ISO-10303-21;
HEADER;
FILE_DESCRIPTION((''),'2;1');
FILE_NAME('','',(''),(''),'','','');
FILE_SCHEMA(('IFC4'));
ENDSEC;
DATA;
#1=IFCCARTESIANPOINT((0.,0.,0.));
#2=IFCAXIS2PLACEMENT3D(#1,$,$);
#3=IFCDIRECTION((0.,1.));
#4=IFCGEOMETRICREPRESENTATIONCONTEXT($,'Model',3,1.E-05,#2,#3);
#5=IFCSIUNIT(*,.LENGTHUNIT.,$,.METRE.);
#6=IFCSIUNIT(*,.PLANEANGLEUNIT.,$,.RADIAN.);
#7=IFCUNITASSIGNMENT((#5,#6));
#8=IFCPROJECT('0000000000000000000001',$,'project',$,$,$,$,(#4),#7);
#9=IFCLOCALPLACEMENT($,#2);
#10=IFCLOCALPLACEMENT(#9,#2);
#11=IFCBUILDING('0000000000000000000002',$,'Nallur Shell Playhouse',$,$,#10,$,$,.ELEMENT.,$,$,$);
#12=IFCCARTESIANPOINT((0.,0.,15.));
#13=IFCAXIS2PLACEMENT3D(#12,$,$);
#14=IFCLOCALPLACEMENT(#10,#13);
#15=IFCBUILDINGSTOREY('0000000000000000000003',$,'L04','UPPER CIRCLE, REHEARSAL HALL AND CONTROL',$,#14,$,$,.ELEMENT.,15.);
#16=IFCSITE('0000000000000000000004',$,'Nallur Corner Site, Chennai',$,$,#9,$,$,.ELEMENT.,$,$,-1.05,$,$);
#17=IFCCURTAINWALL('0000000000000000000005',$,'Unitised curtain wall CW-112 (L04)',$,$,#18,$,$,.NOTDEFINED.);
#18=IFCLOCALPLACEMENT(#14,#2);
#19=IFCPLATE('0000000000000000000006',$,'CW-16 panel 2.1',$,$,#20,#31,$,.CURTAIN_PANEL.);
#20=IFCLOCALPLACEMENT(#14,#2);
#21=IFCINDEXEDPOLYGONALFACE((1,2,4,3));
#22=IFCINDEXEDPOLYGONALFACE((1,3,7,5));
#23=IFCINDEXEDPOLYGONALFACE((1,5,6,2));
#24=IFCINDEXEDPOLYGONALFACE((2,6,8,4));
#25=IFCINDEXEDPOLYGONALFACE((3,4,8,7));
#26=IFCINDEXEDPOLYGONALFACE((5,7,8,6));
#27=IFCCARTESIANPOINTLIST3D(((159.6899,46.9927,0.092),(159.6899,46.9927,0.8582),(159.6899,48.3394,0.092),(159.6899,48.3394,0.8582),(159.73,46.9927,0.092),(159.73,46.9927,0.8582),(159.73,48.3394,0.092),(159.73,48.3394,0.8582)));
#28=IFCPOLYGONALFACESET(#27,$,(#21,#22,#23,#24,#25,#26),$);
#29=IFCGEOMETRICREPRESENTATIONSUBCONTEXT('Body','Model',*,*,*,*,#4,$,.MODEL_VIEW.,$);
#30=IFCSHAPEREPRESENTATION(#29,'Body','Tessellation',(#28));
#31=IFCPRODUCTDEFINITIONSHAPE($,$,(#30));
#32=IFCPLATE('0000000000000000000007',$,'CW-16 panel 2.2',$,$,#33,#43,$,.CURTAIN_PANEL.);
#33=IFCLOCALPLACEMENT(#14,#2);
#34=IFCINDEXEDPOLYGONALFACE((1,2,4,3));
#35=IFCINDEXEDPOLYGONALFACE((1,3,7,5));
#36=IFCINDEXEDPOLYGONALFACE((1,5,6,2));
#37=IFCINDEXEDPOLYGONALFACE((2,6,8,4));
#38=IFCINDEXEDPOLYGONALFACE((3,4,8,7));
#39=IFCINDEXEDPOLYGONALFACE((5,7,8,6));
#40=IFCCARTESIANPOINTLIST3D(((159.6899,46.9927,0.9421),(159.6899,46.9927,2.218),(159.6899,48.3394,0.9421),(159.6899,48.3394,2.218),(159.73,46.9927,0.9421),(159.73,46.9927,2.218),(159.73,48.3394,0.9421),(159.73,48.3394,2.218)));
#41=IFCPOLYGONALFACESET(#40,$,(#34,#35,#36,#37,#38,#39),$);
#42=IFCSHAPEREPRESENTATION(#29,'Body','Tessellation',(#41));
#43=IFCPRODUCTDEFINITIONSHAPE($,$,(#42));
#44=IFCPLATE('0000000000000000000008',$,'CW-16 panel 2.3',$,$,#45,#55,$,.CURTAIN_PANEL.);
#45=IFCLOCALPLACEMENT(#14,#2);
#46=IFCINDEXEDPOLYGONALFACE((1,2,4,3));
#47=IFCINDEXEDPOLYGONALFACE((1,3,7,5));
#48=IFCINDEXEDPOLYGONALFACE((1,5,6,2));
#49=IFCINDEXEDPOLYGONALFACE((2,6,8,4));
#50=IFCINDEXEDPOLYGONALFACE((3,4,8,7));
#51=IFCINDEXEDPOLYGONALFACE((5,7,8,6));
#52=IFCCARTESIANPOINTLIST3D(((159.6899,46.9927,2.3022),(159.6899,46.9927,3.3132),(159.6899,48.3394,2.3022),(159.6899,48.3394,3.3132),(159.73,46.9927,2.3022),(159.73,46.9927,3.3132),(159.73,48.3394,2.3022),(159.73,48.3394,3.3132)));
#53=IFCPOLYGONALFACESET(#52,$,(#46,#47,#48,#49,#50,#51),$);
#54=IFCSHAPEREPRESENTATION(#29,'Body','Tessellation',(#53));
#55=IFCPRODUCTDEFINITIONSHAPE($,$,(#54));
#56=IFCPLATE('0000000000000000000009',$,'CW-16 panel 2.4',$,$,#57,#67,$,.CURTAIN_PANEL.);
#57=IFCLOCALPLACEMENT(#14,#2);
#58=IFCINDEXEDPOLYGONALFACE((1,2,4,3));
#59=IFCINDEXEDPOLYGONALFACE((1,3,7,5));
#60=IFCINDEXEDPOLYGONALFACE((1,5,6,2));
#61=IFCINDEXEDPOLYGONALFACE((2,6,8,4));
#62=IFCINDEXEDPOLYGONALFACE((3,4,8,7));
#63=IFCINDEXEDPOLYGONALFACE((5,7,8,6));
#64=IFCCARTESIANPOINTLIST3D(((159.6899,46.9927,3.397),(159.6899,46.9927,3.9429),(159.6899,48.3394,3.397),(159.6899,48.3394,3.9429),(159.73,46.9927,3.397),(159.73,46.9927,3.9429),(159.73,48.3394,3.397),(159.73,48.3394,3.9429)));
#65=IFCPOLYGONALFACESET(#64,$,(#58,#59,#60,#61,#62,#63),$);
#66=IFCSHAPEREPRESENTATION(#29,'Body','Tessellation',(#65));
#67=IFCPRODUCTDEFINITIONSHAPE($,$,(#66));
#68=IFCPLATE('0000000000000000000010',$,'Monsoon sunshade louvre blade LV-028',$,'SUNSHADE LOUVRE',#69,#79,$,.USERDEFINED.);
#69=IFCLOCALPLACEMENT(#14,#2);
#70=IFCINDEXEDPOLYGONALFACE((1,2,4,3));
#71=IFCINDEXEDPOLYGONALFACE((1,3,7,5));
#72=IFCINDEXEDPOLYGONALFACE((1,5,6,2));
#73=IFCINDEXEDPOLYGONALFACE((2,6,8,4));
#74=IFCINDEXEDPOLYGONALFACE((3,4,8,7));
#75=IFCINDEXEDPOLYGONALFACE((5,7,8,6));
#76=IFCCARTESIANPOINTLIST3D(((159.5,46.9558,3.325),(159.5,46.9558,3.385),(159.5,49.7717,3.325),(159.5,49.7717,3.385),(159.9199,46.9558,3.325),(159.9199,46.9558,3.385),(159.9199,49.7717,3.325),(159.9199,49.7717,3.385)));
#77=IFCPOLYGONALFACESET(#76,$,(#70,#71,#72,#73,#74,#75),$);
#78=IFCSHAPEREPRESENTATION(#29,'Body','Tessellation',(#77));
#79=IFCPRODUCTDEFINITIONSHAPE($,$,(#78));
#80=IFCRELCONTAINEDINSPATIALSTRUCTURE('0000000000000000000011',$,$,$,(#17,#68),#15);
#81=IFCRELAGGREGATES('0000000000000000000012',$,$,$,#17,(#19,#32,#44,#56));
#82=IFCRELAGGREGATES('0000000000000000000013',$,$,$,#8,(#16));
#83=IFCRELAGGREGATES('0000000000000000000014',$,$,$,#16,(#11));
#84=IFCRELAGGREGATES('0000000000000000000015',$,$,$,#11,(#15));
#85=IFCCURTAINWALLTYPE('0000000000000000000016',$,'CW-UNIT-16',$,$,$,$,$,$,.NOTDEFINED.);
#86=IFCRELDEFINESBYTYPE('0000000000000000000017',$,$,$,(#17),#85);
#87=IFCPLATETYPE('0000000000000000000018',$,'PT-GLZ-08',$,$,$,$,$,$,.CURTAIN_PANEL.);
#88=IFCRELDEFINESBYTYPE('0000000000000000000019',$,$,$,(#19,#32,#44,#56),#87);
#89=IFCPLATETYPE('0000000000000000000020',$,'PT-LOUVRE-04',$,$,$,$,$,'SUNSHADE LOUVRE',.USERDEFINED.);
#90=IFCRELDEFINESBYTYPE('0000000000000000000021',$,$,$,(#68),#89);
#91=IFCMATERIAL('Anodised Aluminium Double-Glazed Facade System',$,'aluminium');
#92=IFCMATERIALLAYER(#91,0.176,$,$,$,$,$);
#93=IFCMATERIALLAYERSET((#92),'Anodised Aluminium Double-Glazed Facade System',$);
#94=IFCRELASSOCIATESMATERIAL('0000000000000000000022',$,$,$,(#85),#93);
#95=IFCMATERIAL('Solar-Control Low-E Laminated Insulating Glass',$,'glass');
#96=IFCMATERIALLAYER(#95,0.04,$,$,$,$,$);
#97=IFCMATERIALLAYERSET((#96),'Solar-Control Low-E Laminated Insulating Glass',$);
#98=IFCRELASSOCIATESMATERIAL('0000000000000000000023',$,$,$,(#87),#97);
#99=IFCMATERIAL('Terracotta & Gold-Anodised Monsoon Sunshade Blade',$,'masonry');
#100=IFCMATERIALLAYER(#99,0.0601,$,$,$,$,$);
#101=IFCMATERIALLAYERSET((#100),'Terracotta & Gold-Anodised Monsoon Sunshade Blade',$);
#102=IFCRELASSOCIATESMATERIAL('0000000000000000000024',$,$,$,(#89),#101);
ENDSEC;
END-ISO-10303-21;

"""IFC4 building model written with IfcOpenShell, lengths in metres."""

from ifc_helpers import new_model, si_unit, direction, frame, origin, origin_2d, place, context, subcontext, project, spatial, rectangle, extrude, material, layer, layer_set, type_object, element, aggregate, save


model = new_model("IFC4")

# Units and contexts
model_context = context("Model", 3, precision=1e-05, world=origin(), true_north=direction((0.0, 1.0)))
body_context = subcontext(model_context, "Body", "Model", "MODEL_VIEW")
ifc_project = project(units=[si_unit("LENGTHUNIT", "METRE"), si_unit("PLANEANGLEUNIT", "RADIAN")], contexts=[model_context])

# Site, building, storey
site_placement = place(None, origin())
site = spatial("IfcSite", under=ifc_project, at=site_placement, Name="Nallur Corner Site, Chennai", CompositionType="ELEMENT", RefElevation=-1.05)
building_placement = place(site_placement, origin())
building = spatial("IfcBuilding", under=site, at=building_placement, Name="Nallur Shell Playhouse", CompositionType="ELEMENT")
storey_placement = place(building_placement, frame((0.0, 0.0, 15.0)))
storey = spatial("IfcBuildingStorey", under=building, at=storey_placement, Name="L04", Description="UPPER CIRCLE, REHEARSAL HALL AND CONTROL", CompositionType="ELEMENT", Elevation=15.0)

# Shared definitions
ifc_material_1 = material(Name="Anodised Aluminium Double-Glazed Facade System", Category="aluminium")

# Curtain wall
ifc_layer_1 = layer(ifc_material_1, 0.176)
ifc_layer_set_1 = layer_set([ifc_layer_1], Name="Anodised Aluminium Double-Glazed Facade System")
curtain_wall_type_1 = type_object("IfcCurtainWallType", Name="CW-UNIT-16", PredefinedType="NOTDEFINED", material=ifc_layer_set_1)
curtain_wall_1_placement = place(storey_placement, origin())
curtain_wall_1 = element("IfcCurtainWall", 1, at=curtain_wall_1_placement, inside=storey, type_object=curtain_wall_type_1, Name="Unitised curtain wall CW-112 (L04)", PredefinedType="NOTDEFINED")

# Plates
ifc_material_2 = material(Name="Solar-Control Low-E Laminated Insulating Glass", Category="glass")
ifc_layer_2 = layer(ifc_material_2, 0.04)
ifc_layer_set_2 = layer_set([ifc_layer_2], Name="Solar-Control Low-E Laminated Insulating Glass")
plate_type_1 = type_object("IfcPlateType", Name="PT-GLZ-08", PredefinedType="CURTAIN_PANEL", material=ifc_layer_set_2)
plate_1_placement = place(storey_placement, frame((159.71, 47.666, 0.092), z_axis=(0.0, 0.0, 1.0), x_axis=(0.0, -1.0, 0.0)))
plate_1 = element("IfcPlate", 2, at=plate_1_placement, type_object=plate_type_1, Name="CW-16 panel 2.1", PredefinedType="CURTAIN_PANEL", context=body_context, shape_type="SweptSolid", body=[
    extrude(rectangle(XDim=1.3467, YDim=0.04, at=origin_2d()), origin(), (0.0, 0.0, 1.0), 0.7661),
])
plate_2_placement = place(storey_placement, frame((159.71, 47.666, 0.9421), z_axis=(0.0, 0.0, 1.0), x_axis=(0.0, -1.0, 0.0)))
plate_2 = element("IfcPlate", 3, at=plate_2_placement, type_object=plate_type_1, Name="CW-16 panel 2.2", PredefinedType="CURTAIN_PANEL", context=body_context, shape_type="SweptSolid", body=[
    extrude(rectangle(XDim=1.3467, YDim=0.04, at=origin_2d()), origin(), (0.0, 0.0, 1.0), 1.2759),
])
plate_3_placement = place(storey_placement, frame((159.71, 47.666, 2.3022), z_axis=(0.0, 0.0, 1.0), x_axis=(0.0, -1.0, 0.0)))
plate_3 = element("IfcPlate", 4, at=plate_3_placement, type_object=plate_type_1, Name="CW-16 panel 2.3", PredefinedType="CURTAIN_PANEL", context=body_context, shape_type="SweptSolid", body=[
    extrude(rectangle(XDim=1.3467, YDim=0.04, at=origin_2d()), origin(), (0.0, 0.0, 1.0), 1.011),
])
plate_4_placement = place(storey_placement, frame((159.71, 47.666, 3.397), z_axis=(0.0, 0.0, 1.0), x_axis=(0.0, -1.0, 0.0)))
plate_4 = element("IfcPlate", 5, at=plate_4_placement, type_object=plate_type_1, Name="CW-16 panel 2.4", PredefinedType="CURTAIN_PANEL", context=body_context, shape_type="SweptSolid", body=[
    extrude(rectangle(XDim=1.3467, YDim=0.04, at=origin_2d()), origin(), (0.0, 0.0, 1.0), 0.5459),
])
aggregate(curtain_wall_1, [plate_1, plate_2, plate_3, plate_4])
ifc_material_3 = material(Name="Terracotta & Gold-Anodised Monsoon Sunshade Blade", Category="masonry")
ifc_layer_3 = layer(ifc_material_3, 0.0601)
ifc_layer_set_3 = layer_set([ifc_layer_3], Name="Terracotta & Gold-Anodised Monsoon Sunshade Blade")
plate_type_2 = type_object("IfcPlateType", Name="PT-LOUVRE-04", ElementType="SUNSHADE LOUVRE", PredefinedType="USERDEFINED", material=ifc_layer_set_3)
plate_5_placement = place(storey_placement, frame((159.71, 48.3638, 3.325), z_axis=(0.0, 0.0, 1.0), x_axis=(0.0, -1.0, 0.0)))
element("IfcPlate", 6, at=plate_5_placement, inside=storey, type_object=plate_type_2, Name="Monsoon sunshade louvre blade LV-028", ObjectType="SUNSHADE LOUVRE", PredefinedType="USERDEFINED", context=body_context, shape_type="SweptSolid", body=[
    extrude(rectangle(XDim=2.8159, YDim=0.4199, at=origin_2d()), origin(), (0.0, 0.0, 1.0), 0.0601),
])

save(model, "model.ifc")
